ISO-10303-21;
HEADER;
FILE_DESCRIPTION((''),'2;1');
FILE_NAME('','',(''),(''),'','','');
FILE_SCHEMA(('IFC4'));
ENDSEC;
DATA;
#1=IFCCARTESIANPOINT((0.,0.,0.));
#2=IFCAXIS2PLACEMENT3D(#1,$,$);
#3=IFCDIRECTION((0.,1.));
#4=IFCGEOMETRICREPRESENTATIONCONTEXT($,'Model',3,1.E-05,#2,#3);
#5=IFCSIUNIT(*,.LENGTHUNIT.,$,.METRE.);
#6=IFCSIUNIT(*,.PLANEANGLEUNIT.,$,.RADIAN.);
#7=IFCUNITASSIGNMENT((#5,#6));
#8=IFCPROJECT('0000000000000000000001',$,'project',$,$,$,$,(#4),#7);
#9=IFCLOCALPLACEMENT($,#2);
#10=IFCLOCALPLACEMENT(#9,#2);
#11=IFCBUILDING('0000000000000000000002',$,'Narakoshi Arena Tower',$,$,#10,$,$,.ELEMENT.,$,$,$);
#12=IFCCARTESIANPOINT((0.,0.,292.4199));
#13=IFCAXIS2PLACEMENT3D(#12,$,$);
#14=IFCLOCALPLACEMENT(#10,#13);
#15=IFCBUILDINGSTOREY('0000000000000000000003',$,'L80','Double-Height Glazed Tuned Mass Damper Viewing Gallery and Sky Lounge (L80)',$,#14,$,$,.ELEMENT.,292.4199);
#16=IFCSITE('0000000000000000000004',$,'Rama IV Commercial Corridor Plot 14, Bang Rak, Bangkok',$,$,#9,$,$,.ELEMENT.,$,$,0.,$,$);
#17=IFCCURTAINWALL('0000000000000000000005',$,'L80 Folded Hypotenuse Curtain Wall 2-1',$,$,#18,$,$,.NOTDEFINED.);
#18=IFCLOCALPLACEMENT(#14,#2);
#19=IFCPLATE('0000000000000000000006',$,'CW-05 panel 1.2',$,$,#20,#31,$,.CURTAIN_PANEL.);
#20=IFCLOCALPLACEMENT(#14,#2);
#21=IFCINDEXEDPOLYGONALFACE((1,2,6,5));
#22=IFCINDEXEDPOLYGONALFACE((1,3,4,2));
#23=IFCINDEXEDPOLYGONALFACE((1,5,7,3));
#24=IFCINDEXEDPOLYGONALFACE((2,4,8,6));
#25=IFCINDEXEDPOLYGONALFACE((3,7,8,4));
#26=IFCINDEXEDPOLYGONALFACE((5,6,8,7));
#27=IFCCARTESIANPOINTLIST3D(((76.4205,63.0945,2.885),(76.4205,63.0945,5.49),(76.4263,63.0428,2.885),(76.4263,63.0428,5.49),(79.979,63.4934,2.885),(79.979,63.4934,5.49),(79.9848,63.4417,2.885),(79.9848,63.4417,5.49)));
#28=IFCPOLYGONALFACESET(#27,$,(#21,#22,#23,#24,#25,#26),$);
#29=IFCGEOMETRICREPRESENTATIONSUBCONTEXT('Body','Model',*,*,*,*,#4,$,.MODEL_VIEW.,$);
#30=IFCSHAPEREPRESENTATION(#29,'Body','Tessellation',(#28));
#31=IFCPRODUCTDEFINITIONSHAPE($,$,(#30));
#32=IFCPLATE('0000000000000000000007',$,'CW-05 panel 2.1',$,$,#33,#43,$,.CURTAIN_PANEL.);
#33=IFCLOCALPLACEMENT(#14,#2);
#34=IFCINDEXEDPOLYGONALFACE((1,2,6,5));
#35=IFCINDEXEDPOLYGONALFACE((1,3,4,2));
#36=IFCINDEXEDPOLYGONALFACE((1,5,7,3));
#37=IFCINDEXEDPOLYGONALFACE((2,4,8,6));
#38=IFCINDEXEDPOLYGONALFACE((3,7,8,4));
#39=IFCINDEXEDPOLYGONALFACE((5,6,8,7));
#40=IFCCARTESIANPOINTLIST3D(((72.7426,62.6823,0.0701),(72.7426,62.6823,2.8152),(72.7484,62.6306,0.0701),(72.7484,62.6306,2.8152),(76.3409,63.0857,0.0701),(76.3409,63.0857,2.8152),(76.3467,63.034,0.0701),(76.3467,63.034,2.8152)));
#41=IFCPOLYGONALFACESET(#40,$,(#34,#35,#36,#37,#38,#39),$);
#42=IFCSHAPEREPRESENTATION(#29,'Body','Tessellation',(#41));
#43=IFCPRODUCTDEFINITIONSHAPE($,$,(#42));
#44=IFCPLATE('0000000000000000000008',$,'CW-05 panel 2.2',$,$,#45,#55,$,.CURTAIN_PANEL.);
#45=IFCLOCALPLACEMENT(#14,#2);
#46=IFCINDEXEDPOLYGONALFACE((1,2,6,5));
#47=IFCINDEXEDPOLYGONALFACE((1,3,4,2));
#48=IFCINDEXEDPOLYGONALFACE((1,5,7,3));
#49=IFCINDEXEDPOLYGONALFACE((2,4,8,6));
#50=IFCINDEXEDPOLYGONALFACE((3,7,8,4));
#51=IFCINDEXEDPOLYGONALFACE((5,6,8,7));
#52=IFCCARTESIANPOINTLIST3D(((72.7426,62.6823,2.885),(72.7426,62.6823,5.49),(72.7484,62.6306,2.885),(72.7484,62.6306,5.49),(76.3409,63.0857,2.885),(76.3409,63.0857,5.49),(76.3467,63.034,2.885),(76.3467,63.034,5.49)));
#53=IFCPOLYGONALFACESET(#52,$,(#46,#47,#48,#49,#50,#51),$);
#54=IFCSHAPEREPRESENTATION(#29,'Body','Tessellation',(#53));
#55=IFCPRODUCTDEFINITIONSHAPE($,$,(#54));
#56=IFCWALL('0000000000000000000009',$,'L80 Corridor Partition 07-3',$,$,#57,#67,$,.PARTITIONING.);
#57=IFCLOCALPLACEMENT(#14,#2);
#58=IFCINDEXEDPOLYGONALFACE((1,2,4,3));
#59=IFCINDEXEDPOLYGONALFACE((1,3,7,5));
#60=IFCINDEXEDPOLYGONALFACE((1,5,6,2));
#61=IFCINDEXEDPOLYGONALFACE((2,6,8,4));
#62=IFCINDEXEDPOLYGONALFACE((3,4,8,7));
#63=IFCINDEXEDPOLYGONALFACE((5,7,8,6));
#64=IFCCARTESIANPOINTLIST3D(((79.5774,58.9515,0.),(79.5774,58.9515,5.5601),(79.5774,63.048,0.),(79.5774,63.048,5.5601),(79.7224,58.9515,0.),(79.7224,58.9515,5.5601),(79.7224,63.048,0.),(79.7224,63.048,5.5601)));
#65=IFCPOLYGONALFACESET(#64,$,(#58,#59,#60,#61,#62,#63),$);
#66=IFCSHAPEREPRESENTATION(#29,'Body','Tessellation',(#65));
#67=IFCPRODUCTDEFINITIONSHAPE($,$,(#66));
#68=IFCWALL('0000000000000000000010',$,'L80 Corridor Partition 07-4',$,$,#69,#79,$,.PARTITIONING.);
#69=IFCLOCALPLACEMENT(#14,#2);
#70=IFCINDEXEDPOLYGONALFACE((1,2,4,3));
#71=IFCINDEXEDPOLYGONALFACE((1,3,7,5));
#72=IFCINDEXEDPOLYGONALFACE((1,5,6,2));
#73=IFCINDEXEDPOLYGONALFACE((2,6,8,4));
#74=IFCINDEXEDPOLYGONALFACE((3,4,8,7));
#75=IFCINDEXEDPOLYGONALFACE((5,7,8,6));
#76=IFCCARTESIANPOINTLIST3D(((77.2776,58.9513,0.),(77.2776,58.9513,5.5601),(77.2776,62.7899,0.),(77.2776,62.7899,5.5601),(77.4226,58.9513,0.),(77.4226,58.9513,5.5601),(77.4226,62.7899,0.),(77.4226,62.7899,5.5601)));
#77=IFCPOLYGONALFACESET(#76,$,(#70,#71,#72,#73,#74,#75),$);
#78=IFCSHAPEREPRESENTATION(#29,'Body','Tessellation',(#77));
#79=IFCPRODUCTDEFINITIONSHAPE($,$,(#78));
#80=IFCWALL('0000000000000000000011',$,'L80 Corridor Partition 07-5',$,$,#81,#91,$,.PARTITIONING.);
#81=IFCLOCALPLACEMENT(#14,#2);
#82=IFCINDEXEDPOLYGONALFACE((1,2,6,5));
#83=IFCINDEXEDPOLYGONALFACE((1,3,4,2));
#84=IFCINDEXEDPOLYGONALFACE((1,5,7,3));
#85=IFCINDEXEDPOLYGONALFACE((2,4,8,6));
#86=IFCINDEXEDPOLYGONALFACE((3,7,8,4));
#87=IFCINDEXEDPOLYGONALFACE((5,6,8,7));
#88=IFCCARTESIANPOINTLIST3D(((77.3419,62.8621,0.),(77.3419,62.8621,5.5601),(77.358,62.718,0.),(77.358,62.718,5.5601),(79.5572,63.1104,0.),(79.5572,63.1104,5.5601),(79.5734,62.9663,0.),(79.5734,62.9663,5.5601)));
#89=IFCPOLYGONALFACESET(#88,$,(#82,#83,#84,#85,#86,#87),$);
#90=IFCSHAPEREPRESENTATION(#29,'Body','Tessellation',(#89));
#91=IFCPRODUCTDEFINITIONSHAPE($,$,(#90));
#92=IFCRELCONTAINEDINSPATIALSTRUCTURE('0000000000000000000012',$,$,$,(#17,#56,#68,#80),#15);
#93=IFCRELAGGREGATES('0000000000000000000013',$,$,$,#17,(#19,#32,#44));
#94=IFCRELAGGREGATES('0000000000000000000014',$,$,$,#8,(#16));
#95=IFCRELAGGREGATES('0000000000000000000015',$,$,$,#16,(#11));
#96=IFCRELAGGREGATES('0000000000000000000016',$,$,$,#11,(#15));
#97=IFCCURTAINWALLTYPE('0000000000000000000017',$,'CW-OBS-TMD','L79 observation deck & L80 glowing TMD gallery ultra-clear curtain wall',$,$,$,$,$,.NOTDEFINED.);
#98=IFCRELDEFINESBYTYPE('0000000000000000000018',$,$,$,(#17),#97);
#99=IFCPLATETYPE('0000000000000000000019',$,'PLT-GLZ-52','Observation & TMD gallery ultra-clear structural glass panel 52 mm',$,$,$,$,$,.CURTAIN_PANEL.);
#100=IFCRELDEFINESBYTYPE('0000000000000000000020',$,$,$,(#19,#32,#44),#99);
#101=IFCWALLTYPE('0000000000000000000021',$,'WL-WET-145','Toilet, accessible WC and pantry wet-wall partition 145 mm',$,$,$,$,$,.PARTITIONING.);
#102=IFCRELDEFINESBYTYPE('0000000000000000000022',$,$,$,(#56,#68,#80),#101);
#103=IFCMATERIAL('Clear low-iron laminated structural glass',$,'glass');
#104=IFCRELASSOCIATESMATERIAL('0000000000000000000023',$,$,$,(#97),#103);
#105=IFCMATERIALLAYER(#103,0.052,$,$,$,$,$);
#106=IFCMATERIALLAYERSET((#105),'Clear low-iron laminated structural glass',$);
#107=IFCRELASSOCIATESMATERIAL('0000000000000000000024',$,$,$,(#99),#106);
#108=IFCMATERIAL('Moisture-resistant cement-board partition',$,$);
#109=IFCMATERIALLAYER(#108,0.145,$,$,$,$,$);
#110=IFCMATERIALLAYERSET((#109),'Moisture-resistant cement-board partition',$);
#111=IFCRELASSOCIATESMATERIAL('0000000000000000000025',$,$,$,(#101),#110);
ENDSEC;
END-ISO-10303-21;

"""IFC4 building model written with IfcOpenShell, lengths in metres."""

from ifc_helpers import new_model, si_unit, direction, frame, frame_2d, origin, origin_2d, place, context, subcontext, project, spatial, rectangle, extrude, material, layer, layer_set, type_object, element, aggregate, save


model = new_model("IFC4")

# Units and contexts
model_context = context("Model", 3, precision=1e-05, world=origin(), true_north=direction((0.0, 1.0)))
body_context = subcontext(model_context, "Body", "Model", "MODEL_VIEW")
ifc_project = project(units=[si_unit("LENGTHUNIT", "METRE"), si_unit("PLANEANGLEUNIT", "RADIAN")], contexts=[model_context])

# Site, building, storey
site_placement = place(None, origin())
site = spatial("IfcSite", under=ifc_project, at=site_placement, Name="Rama IV Commercial Corridor Plot 14, Bang Rak, Bangkok", CompositionType="ELEMENT", RefElevation=0.0)
building_placement = place(site_placement, origin())
building = spatial("IfcBuilding", under=site, at=building_placement, Name="Narakoshi Arena Tower", CompositionType="ELEMENT")
storey_placement = place(building_placement, frame((0.0, 0.0, 292.4199)))
storey = spatial("IfcBuildingStorey", under=building, at=storey_placement, Name="L80", Description="Double-Height Glazed Tuned Mass Damper Viewing Gallery and Sky Lounge (L80)", CompositionType="ELEMENT", Elevation=292.4199)

# Curtain wall, plates
ifc_material_1 = material(Name="Clear low-iron laminated structural glass", Category="glass")
curtain_wall_type = type_object("IfcCurtainWallType", Name="CW-OBS-TMD", Description="L79 observation deck & L80 glowing TMD gallery ultra-clear curtain wall", PredefinedType="NOTDEFINED", material=ifc_material_1)
curtain_wall_placement = place(storey_placement, origin())
curtain_wall = element("IfcCurtainWall", 1, at=curtain_wall_placement, inside=storey, type_object=curtain_wall_type, Name="L80 Folded Hypotenuse Curtain Wall 2-1", PredefinedType="NOTDEFINED")
ifc_layer_1 = layer(ifc_material_1, 0.052)
ifc_layer_set_1 = layer_set([ifc_layer_1], Name="Clear low-iron laminated structural glass")
plate_type = type_object("IfcPlateType", Name="PLT-GLZ-52", Description="Observation & TMD gallery ultra-clear structural glass panel 52 mm", PredefinedType="CURTAIN_PANEL", material=ifc_layer_set_1)
plate_1_placement = place(storey_placement, frame((78.2026, 63.2681, 2.885), z_axis=(0.0, 0.0, 1.0), x_axis=(-0.993776, -0.111397, 0.0)))
plate_1 = element("IfcPlate", 2, at=plate_1_placement, type_object=plate_type, Name="CW-05 panel 1.2", PredefinedType="CURTAIN_PANEL", context=body_context, shape_type="SweptSolid", body=[
    extrude(rectangle(XDim=3.5808, YDim=0.052, at=origin_2d()), origin(), (0.0, 0.0, 1.0), 2.605),
])
plate_2_placement = place(storey_placement, frame((74.5447, 62.8582, 0.0701), z_axis=(0.0, 0.0, 1.0), x_axis=(-0.993776, -0.111397, 0.0)))
plate_2 = element("IfcPlate", 3, at=plate_2_placement, type_object=plate_type, Name="CW-05 panel 2.1", PredefinedType="CURTAIN_PANEL", context=body_context, shape_type="SweptSolid", body=[
    extrude(rectangle(XDim=3.6208, YDim=0.052, at=origin_2d()), origin(), (0.0, 0.0, 1.0), 2.7451),
])
plate_3_placement = place(storey_placement, frame((74.5447, 62.8582, 2.885), z_axis=(0.0, 0.0, 1.0), x_axis=(-0.993776, -0.111397, 0.0)))
plate_3 = element("IfcPlate", 4, at=plate_3_placement, type_object=plate_type, Name="CW-05 panel 2.2", PredefinedType="CURTAIN_PANEL", context=body_context, shape_type="SweptSolid", body=[
    extrude(rectangle(XDim=3.6208, YDim=0.052, at=origin_2d()), origin(), (0.0, 0.0, 1.0), 2.605),
])
aggregate(curtain_wall, [plate_1, plate_2, plate_3])

# Walls
ifc_material_2 = material(Name="Moisture-resistant cement-board partition")
ifc_layer_2 = layer(ifc_material_2, 0.145)
ifc_layer_set_2 = layer_set([ifc_layer_2], Name="Moisture-resistant cement-board partition")
wall_type = type_object("IfcWallType", Name="WL-WET-145", Description="Toilet, accessible WC and pantry wet-wall partition 145 mm", PredefinedType="PARTITIONING", material=ifc_layer_set_2)
wall_1_placement = place(storey_placement, frame((79.6499, 58.9514, 0.0), z_axis=(0.0, 0.0, 1.0), x_axis=(0.0, 1.0, 0.0)))
element("IfcWall", 5, at=wall_1_placement, inside=storey, type_object=wall_type, Name="L80 Corridor Partition 07-3", PredefinedType="PARTITIONING", context=body_context, shape_type="SweptSolid", body=[
    extrude(rectangle(XDim=4.0964, YDim=0.145, at=frame_2d((2.0483, 0.0))), origin(), (0.0, 0.0, 1.0), 5.5601),
])
wall_2_placement = place(storey_placement, frame((77.3501, 62.79, 0.0), z_axis=(0.0, 0.0, 1.0), x_axis=(0.0, -1.0, 0.0)))
element("IfcWall", 6, at=wall_2_placement, inside=storey, type_object=wall_type, Name="L80 Corridor Partition 07-4", PredefinedType="PARTITIONING", context=body_context, shape_type="SweptSolid", body=[
    extrude(rectangle(XDim=3.8386, YDim=0.145, at=frame_2d((1.9194, 0.0))), origin(), (0.0, 0.0, 1.0), 5.5601),
])
wall_3_placement = place(storey_placement, frame((79.5654, 63.0383, 0.0), z_axis=(0.0, 0.0, 1.0), x_axis=(-0.993778, -0.111381, 0.0)))
element("IfcWall", 7, at=wall_3_placement, inside=storey, type_object=wall_type, Name="L80 Corridor Partition 07-5", PredefinedType="PARTITIONING", context=body_context, shape_type="SweptSolid", body=[
    extrude(rectangle(XDim=2.2292, YDim=0.145, at=frame_2d((1.1147, 0.0))), origin(), (0.0, 0.0, 1.0), 5.5601),
])

save(model, "model.ifc")
